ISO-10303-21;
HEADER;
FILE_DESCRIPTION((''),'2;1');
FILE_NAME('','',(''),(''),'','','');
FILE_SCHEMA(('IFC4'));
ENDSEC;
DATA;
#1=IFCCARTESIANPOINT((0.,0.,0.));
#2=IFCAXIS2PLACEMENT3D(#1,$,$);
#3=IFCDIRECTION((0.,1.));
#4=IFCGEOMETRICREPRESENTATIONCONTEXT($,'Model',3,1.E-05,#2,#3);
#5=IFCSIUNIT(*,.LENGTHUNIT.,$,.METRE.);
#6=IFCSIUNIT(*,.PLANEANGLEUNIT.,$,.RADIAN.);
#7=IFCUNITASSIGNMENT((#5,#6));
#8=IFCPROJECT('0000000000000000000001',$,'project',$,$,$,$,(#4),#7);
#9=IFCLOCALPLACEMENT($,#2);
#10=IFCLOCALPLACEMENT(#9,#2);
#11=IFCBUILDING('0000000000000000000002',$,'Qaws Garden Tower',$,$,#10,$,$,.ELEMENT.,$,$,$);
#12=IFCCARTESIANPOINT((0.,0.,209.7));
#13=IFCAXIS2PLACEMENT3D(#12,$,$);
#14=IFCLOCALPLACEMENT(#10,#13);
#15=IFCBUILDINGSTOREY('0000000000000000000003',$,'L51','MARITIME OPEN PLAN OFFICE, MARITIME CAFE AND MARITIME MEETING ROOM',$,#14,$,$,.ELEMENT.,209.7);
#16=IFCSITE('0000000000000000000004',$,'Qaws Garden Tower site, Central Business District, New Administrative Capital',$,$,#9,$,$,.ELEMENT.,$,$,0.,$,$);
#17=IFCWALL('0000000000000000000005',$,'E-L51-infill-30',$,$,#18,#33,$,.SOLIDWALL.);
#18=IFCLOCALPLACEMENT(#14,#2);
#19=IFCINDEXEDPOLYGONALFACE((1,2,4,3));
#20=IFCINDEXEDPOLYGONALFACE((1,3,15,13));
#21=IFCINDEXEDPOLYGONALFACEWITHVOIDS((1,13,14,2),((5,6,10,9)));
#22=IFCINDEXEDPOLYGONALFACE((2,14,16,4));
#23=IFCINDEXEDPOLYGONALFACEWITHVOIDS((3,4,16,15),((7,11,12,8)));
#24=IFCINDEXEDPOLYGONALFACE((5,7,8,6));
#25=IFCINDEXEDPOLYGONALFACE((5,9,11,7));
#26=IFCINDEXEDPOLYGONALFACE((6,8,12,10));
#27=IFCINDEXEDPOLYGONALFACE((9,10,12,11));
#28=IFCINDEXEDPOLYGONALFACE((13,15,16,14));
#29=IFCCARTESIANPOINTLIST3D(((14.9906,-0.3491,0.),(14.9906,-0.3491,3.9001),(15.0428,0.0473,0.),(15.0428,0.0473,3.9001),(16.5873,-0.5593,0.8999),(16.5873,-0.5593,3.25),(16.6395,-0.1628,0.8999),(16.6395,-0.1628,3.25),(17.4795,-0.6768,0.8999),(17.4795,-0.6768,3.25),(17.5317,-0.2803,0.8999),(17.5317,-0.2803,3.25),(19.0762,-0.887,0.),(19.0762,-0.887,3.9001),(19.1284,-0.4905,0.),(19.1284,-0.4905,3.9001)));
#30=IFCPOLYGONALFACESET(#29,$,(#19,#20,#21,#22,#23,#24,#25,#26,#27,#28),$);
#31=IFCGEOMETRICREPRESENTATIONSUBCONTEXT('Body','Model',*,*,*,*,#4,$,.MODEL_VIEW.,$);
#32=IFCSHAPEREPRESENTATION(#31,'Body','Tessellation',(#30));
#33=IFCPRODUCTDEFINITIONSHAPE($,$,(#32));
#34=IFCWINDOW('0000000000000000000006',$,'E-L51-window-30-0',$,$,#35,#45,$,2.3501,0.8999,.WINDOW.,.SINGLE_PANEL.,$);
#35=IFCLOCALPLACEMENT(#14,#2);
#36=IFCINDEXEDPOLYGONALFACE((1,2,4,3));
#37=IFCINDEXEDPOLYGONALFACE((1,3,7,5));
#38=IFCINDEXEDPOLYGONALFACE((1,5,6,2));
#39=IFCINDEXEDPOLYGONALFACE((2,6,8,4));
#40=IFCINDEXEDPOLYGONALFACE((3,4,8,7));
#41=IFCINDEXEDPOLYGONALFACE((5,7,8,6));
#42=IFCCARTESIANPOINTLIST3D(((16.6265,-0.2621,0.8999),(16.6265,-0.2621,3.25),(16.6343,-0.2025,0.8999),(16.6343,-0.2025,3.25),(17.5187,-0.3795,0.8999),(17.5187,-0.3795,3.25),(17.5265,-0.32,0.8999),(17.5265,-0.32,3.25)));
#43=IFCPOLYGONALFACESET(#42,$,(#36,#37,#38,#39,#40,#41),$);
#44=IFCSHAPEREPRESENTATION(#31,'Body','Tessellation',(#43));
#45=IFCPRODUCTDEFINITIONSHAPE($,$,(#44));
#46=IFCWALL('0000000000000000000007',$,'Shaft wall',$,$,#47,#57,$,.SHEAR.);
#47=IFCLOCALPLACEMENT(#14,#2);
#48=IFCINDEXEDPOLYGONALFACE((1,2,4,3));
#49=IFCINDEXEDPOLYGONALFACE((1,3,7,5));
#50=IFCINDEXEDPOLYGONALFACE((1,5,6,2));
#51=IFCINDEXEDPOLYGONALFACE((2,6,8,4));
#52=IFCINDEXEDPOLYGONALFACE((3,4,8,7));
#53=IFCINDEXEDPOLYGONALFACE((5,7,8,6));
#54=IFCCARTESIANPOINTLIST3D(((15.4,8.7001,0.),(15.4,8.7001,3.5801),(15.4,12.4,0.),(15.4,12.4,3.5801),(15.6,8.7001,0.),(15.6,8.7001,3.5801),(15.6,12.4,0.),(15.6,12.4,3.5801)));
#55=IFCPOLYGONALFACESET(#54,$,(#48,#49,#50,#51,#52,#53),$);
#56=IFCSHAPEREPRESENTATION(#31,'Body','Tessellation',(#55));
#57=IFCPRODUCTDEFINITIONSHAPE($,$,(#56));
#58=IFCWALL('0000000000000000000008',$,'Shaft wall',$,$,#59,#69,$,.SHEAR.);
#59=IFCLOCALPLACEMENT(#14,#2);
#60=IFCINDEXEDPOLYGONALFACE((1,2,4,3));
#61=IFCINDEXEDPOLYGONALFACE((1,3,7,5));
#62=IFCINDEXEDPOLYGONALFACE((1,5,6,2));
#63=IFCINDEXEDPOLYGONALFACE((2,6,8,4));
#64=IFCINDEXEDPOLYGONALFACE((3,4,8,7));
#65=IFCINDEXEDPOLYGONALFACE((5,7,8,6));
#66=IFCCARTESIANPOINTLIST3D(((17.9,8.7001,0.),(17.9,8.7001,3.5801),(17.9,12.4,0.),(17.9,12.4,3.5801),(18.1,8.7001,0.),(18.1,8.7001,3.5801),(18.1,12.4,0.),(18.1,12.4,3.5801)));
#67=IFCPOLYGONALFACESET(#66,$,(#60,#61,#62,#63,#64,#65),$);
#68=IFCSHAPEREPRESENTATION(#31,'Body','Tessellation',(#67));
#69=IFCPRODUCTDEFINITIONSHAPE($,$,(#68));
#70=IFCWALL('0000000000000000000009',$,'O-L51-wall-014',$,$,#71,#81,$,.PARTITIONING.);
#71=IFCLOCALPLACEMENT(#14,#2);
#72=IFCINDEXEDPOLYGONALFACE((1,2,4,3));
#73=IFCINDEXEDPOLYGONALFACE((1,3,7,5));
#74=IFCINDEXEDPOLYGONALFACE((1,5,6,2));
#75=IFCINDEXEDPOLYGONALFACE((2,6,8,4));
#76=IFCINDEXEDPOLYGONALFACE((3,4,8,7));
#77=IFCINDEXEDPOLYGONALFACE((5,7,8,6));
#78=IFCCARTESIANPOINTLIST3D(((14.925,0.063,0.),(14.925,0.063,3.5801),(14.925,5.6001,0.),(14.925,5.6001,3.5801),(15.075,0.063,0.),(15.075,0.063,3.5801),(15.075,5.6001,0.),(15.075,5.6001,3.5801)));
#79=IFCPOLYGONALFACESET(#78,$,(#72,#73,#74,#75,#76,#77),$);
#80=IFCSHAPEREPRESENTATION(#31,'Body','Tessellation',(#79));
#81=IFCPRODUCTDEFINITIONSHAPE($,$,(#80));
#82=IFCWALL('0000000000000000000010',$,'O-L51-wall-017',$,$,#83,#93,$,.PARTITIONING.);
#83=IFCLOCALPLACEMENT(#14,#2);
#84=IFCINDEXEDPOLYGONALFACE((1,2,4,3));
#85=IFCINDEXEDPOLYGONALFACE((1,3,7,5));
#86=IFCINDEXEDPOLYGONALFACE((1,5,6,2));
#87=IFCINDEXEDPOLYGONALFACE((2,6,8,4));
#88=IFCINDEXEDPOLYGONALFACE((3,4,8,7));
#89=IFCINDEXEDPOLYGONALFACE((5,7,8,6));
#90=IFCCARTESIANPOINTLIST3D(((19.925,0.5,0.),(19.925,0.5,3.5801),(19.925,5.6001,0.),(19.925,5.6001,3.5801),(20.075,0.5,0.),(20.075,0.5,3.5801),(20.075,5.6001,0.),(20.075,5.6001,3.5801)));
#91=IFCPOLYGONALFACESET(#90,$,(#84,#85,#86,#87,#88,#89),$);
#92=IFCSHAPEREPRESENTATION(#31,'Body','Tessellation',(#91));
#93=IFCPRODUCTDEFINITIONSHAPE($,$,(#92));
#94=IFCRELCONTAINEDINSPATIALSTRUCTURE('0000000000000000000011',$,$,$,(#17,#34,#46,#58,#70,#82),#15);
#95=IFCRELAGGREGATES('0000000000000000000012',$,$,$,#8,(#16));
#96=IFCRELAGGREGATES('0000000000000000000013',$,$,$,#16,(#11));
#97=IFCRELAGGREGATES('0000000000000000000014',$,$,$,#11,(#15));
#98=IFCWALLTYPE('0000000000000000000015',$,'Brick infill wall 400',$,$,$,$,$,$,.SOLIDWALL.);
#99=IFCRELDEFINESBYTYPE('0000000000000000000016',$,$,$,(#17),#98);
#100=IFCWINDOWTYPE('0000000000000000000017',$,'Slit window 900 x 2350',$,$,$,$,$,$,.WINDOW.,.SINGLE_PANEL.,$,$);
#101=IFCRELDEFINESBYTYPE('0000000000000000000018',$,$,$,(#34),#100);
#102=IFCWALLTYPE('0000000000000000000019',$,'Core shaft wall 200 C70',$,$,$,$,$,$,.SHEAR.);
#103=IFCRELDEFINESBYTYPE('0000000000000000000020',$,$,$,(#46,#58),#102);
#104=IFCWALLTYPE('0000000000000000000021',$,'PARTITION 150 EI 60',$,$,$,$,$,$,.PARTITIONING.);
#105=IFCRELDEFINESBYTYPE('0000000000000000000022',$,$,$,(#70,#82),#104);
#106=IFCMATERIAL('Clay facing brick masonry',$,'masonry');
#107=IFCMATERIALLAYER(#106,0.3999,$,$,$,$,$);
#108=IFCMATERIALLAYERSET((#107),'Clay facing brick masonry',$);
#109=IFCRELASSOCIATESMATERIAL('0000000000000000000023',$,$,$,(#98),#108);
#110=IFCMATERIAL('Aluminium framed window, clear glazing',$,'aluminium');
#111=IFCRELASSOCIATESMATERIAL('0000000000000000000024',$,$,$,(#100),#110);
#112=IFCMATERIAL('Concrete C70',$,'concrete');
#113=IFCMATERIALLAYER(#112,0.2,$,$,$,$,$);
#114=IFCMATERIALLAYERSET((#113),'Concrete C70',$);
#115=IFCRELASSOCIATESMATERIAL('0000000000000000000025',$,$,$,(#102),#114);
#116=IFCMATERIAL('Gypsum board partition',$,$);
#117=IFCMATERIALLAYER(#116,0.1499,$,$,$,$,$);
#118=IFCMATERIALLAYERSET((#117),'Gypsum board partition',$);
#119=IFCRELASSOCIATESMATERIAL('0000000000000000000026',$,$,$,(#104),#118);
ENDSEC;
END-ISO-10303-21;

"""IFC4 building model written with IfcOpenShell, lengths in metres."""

from ifc_helpers import new_model, si_unit, direction, frame, frame_2d, origin, place, context, subcontext, project, spatial, rectangle, extrude, material, layer, layer_set, type_object, element, fill, save


model = new_model("IFC4")

# Units and contexts
model_context = context("Model", 3, precision=1e-05, world=origin(), true_north=direction((0.0, 1.0)))
body_context = subcontext(model_context, "Body", "Model", "MODEL_VIEW")
ifc_project = project(units=[si_unit("LENGTHUNIT", "METRE"), si_unit("PLANEANGLEUNIT", "RADIAN")], contexts=[model_context])

# Site, building, storey
site_placement = place(None, origin())
site = spatial("IfcSite", under=ifc_project, at=site_placement, Name="Qaws Garden Tower site, Central Business District, New Administrative Capital", CompositionType="ELEMENT", RefElevation=0.0)
building_placement = place(site_placement, origin())
building = spatial("IfcBuilding", under=site, at=building_placement, Name="Qaws Garden Tower", CompositionType="ELEMENT")
storey_placement = place(building_placement, frame((0.0, 0.0, 209.7)))
storey = spatial("IfcBuildingStorey", under=building, at=storey_placement, Name="L51", Description="MARITIME OPEN PLAN OFFICE, MARITIME CAFE AND MARITIME MEETING ROOM", CompositionType="ELEMENT", Elevation=209.7)

# Shared definitions
ifc_material_1 = material(Name="Clay facing brick masonry", Category="masonry")
ifc_layer_1 = layer(ifc_material_1, 0.3999)
ifc_layer_set_1 = layer_set([ifc_layer_1], Name="Clay facing brick masonry")
wall_type_1 = type_object("IfcWallType", Name="Brick infill wall 400", PredefinedType="SOLIDWALL", material=ifc_layer_set_1)
ifc_material_2 = material(Name="Aluminium framed window, clear glazing", Category="aluminium")
window_type = type_object("IfcWindowType", Name="Slit window 900 x 2350", PartitioningType="SINGLE_PANEL", PredefinedType="WINDOW", material=ifc_material_2)

# Wall, opening, window
wall_1_placement = place(storey_placement, frame((15.0166, -0.1509, 0.0), z_axis=(0.0, 0.0, 1.0), x_axis=(0.991446, -0.130514, 0.0)))
wall_1 = element("IfcWall", 1, at=wall_1_placement, inside=storey, type_object=wall_type_1, Name="E-L51-infill-30", PredefinedType="SOLIDWALL", context=body_context, shape_type="SweptSolid", body=[
    extrude(rectangle(XDim=4.1208, YDim=0.3999, at=frame_2d((2.0605, 0.0))), origin(), (0.0, 0.0, 1.0), 3.9001),
])
opening_1_placement = place(wall_1_placement, frame((1.6106, 0.0, 0.8999)))
opening_1 = element("IfcOpeningElement", 2, at=opening_1_placement, cuts=wall_1, PredefinedType="OPENING", context=body_context, shape_type="SweptSolid", body=[
    extrude(rectangle(XDim=0.8999, YDim=2.3501, at=frame_2d((0.45, 1.175))), frame((0.0, 0.21, 0.0), z_axis=(0.0, -1.0, 0.0), x_axis=(1.0, 0.0, 0.0)), (0.0, 0.0, 1.0), 0.4199),
])
window_1_placement = place(opening_1_placement, origin())
window_1 = element("IfcWindow", 3, at=window_1_placement, inside=storey, type_object=window_type, Name="E-L51-window-30-0", OverallHeight=2.3501, OverallWidth=0.8999, PartitioningType="SINGLE_PANEL", PredefinedType="WINDOW", context=body_context, shape_type="SweptSolid", body=[
    extrude(rectangle(XDim=0.8999, YDim=2.3501, at=frame_2d((0.45, 1.175))), frame((0.0, 0.1599, 0.0), z_axis=(0.0, -1.0, 0.0), x_axis=(1.0, 0.0, 0.0)), (0.0, 0.0, 1.0), 0.0601),
])
fill(opening_1, window_1)

# Walls
ifc_material_3 = material(Name="Concrete C70", Category="concrete")
ifc_layer_2 = layer(ifc_material_3, 0.2)
ifc_layer_set_2 = layer_set([ifc_layer_2], Name="Concrete C70")
wall_type_2 = type_object("IfcWallType", Name="Core shaft wall 200 C70", PredefinedType="SHEAR", material=ifc_layer_set_2)
for number, where, z_axis, x_axis, name in (
    (4, (15.5, 8.7, 0.0), (0.0, 0.0, 1.0), (0.0, 1.0, 0.0), "Shaft wall"),
    (5, (18.0, 8.7, 0.0), (0.0, 0.0, 1.0), (0.0, 1.0, 0.0), "Shaft wall"),
):
    element("IfcWall", number, at=place(storey_placement, frame(where, z_axis=z_axis, x_axis=x_axis)), inside=storey, type_object=wall_type_2, Name=name, PredefinedType="SHEAR", context=body_context, shape_type="SweptSolid", body=[
        extrude(rectangle(XDim=3.7, YDim=0.2, at=frame_2d((1.8501, 0.0))), origin(), (0.0, 0.0, 1.0), 3.5801),
    ])
ifc_material_4 = material(Name="Gypsum board partition")
ifc_layer_3 = layer(ifc_material_4, 0.1499)
ifc_layer_set_3 = layer_set([ifc_layer_3], Name="Gypsum board partition")
wall_type_3 = type_object("IfcWallType", Name="PARTITION 150 EI 60", PredefinedType="PARTITIONING", material=ifc_layer_set_3)
wall_2_placement = place(storey_placement, frame((15.0, 0.063, 0.0), z_axis=(0.0, 0.0, 1.0), x_axis=(0.0, 1.0, 0.0)))
element("IfcWall", 6, at=wall_2_placement, inside=storey, type_object=wall_type_3, Name="O-L51-wall-014", PredefinedType="PARTITIONING", context=body_context, shape_type="SweptSolid", body=[
    extrude(rectangle(XDim=5.5371, YDim=0.1499, at=frame_2d((2.7686, 0.0))), origin(), (0.0, 0.0, 1.0), 3.5801),
])
wall_3_placement = place(storey_placement, frame((20.0, 0.5, 0.0), z_axis=(0.0, 0.0, 1.0), x_axis=(0.0, 1.0, 0.0)))
element("IfcWall", 7, at=wall_3_placement, inside=storey, type_object=wall_type_3, Name="O-L51-wall-017", PredefinedType="PARTITIONING", context=body_context, shape_type="SweptSolid", body=[
    extrude(rectangle(XDim=5.1001, YDim=0.1499, at=frame_2d((2.55, 0.0))), origin(), (0.0, 0.0, 1.0), 3.5801),
])

save(model, "model.ifc")
